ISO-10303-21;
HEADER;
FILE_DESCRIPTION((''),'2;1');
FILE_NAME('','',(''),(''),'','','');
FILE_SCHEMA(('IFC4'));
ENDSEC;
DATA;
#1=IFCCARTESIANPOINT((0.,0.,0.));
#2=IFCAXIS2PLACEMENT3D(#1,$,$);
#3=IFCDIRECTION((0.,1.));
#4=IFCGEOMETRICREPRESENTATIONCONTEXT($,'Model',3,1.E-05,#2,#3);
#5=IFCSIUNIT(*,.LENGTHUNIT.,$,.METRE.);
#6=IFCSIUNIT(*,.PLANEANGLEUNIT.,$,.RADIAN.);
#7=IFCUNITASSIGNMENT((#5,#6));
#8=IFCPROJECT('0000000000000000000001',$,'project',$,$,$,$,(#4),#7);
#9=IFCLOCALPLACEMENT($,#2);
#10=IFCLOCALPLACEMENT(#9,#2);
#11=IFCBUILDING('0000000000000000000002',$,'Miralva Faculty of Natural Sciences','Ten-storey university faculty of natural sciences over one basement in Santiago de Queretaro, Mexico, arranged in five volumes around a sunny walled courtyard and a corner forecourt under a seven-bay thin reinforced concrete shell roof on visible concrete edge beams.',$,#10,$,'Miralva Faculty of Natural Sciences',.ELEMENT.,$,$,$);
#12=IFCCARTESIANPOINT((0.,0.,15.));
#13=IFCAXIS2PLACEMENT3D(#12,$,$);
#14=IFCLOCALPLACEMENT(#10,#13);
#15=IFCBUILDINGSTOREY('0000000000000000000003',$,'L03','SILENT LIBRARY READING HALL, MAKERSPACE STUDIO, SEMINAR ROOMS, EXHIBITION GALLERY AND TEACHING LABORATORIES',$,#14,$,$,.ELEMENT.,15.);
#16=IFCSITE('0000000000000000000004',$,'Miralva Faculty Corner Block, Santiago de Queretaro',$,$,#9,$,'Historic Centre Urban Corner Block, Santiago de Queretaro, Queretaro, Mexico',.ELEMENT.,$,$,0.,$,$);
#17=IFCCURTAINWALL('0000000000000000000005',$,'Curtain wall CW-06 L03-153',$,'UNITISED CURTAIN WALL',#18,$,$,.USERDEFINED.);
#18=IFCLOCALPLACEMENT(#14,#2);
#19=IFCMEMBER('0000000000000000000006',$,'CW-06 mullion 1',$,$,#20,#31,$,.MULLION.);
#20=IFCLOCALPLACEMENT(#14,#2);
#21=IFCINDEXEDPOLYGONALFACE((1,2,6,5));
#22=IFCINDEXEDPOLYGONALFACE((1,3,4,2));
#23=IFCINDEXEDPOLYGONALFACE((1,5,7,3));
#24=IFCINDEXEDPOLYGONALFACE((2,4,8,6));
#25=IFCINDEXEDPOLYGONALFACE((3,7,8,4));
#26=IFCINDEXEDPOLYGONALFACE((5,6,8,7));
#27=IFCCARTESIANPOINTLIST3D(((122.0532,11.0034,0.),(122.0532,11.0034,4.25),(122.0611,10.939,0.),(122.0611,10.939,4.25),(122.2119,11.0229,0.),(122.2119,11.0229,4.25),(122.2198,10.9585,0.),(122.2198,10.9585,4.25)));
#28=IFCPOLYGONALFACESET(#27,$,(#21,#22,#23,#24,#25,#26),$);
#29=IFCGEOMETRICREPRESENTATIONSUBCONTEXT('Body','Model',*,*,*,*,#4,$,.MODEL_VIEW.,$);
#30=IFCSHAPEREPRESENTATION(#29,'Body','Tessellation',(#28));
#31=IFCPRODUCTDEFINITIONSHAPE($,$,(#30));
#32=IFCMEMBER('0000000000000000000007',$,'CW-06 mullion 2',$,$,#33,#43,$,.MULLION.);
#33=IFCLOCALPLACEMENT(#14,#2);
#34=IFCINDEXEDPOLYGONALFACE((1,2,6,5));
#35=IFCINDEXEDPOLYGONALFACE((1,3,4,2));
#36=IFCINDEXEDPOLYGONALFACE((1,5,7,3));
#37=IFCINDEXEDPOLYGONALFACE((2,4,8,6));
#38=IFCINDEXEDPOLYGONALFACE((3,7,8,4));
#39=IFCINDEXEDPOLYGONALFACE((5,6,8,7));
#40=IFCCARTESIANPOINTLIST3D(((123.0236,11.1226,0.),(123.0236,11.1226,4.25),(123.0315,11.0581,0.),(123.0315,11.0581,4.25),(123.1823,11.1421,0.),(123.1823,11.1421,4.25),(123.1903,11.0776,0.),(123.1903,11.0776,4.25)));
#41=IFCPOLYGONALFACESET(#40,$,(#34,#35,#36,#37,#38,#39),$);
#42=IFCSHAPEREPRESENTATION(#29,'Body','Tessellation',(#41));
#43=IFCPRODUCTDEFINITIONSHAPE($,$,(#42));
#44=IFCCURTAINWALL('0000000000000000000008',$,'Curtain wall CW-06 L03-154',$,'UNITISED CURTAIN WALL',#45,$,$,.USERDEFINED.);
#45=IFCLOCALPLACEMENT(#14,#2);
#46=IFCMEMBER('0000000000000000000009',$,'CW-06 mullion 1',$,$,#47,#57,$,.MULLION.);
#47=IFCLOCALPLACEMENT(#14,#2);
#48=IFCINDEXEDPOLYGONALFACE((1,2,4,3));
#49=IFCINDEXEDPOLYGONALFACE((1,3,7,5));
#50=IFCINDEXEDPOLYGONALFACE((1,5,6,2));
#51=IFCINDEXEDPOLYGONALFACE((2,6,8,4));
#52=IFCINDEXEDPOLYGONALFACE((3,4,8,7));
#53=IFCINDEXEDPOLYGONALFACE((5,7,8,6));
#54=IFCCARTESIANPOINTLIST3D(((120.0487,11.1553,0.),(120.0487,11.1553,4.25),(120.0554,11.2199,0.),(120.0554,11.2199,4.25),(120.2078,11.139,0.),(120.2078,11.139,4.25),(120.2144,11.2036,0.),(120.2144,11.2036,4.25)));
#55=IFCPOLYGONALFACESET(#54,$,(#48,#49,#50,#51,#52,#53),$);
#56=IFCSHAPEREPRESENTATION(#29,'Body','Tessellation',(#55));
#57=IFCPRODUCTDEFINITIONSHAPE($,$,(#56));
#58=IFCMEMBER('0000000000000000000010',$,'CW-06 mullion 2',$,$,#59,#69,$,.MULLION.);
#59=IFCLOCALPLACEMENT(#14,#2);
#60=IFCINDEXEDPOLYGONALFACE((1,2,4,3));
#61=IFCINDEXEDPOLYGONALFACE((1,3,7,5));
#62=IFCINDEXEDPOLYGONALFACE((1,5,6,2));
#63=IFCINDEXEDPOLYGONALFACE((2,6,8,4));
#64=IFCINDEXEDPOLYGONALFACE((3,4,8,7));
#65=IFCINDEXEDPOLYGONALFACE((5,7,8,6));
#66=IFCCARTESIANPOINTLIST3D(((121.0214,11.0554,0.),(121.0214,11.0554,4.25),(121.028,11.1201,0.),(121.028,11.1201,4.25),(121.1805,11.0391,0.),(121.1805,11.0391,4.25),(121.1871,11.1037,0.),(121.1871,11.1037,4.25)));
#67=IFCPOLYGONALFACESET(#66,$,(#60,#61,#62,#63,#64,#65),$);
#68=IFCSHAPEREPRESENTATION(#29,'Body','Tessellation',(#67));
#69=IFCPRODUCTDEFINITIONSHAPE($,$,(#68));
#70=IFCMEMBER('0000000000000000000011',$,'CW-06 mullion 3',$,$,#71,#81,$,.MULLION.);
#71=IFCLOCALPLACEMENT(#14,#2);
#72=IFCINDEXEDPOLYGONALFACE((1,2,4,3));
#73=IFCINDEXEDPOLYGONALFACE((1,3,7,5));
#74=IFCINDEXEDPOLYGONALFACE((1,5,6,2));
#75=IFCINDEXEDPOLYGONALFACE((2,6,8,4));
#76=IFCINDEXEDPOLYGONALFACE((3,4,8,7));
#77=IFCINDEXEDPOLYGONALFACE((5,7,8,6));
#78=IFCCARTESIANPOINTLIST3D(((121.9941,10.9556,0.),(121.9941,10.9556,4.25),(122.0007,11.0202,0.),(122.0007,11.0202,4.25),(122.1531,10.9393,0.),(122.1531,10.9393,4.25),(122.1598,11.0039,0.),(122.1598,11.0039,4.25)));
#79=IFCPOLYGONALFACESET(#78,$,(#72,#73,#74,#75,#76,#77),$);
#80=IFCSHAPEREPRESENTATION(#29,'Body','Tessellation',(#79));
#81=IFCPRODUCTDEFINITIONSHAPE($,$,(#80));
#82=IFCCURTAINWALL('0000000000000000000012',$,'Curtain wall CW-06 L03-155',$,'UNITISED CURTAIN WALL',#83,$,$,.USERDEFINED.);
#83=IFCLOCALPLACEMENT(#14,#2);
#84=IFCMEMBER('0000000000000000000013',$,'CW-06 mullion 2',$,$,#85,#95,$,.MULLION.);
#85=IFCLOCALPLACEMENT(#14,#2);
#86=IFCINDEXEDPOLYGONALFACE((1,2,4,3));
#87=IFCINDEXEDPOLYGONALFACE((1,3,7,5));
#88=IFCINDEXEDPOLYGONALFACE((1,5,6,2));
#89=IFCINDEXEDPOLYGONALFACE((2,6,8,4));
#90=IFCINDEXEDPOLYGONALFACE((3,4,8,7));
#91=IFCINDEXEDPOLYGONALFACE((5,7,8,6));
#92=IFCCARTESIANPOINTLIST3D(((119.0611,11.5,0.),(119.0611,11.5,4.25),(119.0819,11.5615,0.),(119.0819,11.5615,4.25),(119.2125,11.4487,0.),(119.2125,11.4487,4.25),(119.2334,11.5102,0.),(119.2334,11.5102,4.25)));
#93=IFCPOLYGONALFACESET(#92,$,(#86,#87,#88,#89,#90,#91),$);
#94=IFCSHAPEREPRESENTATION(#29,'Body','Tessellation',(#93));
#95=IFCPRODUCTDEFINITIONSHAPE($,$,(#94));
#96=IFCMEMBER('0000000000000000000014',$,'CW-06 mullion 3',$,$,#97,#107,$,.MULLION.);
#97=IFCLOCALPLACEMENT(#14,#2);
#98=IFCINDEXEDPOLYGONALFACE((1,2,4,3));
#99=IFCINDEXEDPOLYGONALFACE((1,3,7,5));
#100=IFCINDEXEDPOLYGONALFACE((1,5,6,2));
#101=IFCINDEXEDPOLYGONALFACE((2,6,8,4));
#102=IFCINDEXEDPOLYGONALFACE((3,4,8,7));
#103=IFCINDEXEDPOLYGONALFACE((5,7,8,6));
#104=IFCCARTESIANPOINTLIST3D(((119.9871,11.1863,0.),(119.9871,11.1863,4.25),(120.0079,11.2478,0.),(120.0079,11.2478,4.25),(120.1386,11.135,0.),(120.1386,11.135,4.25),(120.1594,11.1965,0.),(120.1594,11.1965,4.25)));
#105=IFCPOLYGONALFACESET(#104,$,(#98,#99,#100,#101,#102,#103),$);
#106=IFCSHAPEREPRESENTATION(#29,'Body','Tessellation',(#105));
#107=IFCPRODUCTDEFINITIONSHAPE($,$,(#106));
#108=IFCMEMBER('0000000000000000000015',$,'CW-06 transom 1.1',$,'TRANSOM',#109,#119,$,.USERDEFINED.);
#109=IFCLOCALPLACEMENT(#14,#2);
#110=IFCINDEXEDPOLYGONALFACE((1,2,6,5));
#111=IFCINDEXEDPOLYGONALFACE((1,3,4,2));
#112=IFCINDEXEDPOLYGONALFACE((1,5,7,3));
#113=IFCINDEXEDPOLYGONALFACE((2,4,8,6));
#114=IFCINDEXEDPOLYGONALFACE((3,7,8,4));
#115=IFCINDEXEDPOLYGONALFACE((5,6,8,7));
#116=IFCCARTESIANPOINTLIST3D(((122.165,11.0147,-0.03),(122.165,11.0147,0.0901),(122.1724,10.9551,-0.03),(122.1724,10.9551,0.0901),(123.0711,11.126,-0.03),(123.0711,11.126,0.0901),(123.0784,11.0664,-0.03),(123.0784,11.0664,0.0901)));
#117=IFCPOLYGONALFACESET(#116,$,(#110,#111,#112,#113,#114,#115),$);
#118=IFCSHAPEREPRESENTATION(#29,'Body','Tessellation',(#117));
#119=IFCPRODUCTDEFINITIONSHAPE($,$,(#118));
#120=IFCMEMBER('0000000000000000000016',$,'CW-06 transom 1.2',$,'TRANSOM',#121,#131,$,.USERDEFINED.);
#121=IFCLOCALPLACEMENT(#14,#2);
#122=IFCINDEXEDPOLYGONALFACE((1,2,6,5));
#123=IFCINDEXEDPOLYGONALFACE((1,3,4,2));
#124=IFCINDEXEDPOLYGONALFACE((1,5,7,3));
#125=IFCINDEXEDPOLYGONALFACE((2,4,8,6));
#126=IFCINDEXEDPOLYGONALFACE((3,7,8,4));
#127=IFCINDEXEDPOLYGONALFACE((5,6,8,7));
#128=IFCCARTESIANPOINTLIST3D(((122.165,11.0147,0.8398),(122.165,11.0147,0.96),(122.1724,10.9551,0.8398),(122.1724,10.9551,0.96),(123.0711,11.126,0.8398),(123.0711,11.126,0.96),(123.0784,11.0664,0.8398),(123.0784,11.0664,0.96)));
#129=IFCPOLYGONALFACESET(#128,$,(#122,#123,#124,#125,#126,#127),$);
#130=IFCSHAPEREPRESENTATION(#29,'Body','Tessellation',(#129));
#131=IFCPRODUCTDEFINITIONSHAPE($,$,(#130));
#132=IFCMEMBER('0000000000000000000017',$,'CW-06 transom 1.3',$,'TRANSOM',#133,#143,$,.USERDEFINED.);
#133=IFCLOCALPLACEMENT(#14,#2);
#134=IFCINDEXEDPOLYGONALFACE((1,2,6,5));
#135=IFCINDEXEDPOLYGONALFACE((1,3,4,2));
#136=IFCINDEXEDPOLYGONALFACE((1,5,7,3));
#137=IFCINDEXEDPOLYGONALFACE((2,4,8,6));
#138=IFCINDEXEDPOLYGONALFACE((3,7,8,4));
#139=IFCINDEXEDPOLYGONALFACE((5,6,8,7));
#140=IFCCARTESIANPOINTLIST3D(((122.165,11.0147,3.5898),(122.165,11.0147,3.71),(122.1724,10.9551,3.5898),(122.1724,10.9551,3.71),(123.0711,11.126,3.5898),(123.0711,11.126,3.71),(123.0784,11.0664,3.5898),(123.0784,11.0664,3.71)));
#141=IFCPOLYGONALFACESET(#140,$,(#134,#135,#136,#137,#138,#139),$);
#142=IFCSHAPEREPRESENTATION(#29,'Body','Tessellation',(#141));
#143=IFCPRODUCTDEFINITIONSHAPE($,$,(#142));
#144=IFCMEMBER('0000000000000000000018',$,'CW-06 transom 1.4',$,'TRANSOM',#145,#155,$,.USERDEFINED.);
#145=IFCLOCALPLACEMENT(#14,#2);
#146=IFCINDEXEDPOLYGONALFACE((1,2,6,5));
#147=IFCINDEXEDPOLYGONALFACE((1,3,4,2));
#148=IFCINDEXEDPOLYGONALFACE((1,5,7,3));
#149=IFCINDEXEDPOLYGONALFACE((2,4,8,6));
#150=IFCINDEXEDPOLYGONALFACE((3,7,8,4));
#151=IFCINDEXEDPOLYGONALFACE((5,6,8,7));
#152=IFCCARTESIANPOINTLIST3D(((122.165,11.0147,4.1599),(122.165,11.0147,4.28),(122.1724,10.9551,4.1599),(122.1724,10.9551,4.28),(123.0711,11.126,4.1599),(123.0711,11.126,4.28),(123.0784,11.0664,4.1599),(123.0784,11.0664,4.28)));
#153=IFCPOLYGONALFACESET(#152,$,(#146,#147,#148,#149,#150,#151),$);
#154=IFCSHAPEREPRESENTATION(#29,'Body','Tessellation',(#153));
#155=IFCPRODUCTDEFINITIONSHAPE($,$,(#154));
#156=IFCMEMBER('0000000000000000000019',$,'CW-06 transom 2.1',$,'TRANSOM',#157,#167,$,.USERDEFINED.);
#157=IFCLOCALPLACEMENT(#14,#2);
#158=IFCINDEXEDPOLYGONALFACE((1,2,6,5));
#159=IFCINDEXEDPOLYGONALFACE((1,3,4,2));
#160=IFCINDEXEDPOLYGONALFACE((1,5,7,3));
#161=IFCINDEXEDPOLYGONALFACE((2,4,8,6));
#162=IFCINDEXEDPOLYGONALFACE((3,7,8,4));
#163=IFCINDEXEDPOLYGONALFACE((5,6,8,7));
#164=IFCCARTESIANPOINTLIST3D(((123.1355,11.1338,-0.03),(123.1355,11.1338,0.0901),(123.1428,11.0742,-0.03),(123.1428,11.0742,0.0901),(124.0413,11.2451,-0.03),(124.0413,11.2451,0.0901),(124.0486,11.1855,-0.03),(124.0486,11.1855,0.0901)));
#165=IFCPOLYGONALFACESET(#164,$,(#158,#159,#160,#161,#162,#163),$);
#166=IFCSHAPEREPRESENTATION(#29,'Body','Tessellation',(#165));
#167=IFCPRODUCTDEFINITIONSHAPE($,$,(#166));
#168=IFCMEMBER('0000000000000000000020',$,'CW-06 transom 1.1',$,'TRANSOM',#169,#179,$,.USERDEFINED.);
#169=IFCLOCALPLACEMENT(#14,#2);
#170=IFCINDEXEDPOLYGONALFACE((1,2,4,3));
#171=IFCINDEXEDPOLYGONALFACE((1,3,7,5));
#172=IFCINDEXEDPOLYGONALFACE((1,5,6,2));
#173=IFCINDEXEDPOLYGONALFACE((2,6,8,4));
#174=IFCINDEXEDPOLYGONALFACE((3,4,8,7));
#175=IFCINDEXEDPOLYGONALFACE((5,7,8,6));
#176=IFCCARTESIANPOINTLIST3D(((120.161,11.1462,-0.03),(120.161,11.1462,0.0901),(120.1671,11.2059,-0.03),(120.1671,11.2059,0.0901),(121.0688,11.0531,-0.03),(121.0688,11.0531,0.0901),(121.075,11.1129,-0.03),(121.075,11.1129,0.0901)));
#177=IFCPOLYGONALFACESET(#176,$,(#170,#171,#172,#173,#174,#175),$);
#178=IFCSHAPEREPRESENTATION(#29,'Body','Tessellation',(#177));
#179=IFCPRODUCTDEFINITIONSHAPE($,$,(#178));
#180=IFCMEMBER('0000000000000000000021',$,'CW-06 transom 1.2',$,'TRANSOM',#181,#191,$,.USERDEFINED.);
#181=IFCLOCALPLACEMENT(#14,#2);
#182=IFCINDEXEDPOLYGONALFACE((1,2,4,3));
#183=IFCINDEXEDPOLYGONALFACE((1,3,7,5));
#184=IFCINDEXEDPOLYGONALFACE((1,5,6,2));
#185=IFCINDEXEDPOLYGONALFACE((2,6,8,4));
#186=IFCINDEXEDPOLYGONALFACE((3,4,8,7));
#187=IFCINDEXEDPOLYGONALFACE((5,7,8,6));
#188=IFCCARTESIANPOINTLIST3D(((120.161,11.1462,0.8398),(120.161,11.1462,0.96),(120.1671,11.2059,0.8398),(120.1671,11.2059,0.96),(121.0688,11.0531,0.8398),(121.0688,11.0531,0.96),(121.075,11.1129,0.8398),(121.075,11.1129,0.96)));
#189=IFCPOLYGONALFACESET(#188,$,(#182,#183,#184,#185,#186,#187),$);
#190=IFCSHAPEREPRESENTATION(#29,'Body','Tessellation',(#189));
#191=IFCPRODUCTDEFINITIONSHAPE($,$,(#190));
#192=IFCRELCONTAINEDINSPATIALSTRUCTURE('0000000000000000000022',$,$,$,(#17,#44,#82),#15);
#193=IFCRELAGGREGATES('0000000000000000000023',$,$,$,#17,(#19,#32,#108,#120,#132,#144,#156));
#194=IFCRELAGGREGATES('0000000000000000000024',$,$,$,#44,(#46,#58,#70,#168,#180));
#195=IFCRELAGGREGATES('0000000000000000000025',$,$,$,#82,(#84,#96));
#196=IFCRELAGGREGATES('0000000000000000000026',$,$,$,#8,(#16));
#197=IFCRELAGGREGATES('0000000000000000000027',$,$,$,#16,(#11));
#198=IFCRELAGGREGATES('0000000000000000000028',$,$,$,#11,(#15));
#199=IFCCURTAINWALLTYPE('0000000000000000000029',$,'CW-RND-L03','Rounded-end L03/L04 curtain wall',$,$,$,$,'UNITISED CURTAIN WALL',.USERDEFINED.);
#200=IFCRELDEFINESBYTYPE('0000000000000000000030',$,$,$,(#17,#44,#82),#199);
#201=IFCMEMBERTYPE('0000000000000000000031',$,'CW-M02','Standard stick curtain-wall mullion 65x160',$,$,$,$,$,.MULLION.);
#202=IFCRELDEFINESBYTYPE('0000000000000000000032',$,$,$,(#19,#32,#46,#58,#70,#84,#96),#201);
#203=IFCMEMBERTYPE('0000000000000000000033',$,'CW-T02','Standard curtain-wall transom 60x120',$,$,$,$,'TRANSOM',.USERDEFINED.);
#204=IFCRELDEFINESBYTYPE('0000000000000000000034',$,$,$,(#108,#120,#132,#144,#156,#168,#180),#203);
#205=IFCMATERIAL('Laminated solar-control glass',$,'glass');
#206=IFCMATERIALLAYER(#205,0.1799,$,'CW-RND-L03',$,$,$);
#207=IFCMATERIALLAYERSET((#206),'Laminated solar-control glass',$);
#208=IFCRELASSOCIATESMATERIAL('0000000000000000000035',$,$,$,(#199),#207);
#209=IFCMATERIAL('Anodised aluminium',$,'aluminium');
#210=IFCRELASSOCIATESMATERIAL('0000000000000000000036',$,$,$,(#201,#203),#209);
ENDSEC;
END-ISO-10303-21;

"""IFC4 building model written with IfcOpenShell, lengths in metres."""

from ifc_helpers import new_model, si_unit, direction, frame, origin, origin_2d, place, context, subcontext, project, spatial, rectangle, extrude, material, layer, layer_set, material_profile, profile_set, type_object, element, aggregate, save


model = new_model("IFC4")

# Units and contexts
model_context = context("Model", 3, precision=1e-05, world=origin(), true_north=direction((0.0, 1.0)))
body_context = subcontext(model_context, "Body", "Model", "MODEL_VIEW")
ifc_project = project(units=[si_unit("LENGTHUNIT", "METRE"), si_unit("PLANEANGLEUNIT", "RADIAN")], contexts=[model_context])

# Site, building, storey
site_placement = place(None, origin())
site = spatial("IfcSite", under=ifc_project, at=site_placement, Name="Miralva Faculty Corner Block, Santiago de Queretaro", LongName="Historic Centre Urban Corner Block, Santiago de Queretaro, Queretaro, Mexico", CompositionType="ELEMENT", RefElevation=0.0)
building_placement = place(site_placement, origin())
building = spatial("IfcBuilding", under=site, at=building_placement, Name="Miralva Faculty of Natural Sciences", Description="Ten-storey university faculty of natural sciences over one basement in Santiago de Queretaro, Mexico, arranged in five volumes around a sunny walled courtyard and a corner forecourt under a seven-bay thin reinforced concrete shell roof on visible concrete edge beams.", LongName="Miralva Faculty of Natural Sciences", CompositionType="ELEMENT")
storey_placement = place(building_placement, frame((0.0, 0.0, 15.0)))
storey = spatial("IfcBuildingStorey", under=building, at=storey_placement, Name="L03", Description="SILENT LIBRARY READING HALL, MAKERSPACE STUDIO, SEMINAR ROOMS, EXHIBITION GALLERY AND TEACHING LABORATORIES", CompositionType="ELEMENT", Elevation=15.0)

# Curtain walls, members
ifc_material_1 = material(Name="Laminated solar-control glass", Category="glass")
ifc_layer_1 = layer(ifc_material_1, 0.1799, Name="CW-RND-L03")
ifc_layer_set_1 = layer_set([ifc_layer_1], Name="Laminated solar-control glass")
curtain_wall_type = type_object("IfcCurtainWallType", Name="CW-RND-L03", Description="Rounded-end L03/L04 curtain wall", ElementType="UNITISED CURTAIN WALL", PredefinedType="USERDEFINED", material=ifc_layer_set_1)
curtain_wall_1_placement = place(storey_placement, origin())
curtain_wall_1 = element("IfcCurtainWall", 1, at=curtain_wall_1_placement, inside=storey, type_object=curtain_wall_type, Name="Curtain wall CW-06 L03-153", ObjectType="UNITISED CURTAIN WALL", PredefinedType="USERDEFINED")
ifc_material_2 = material(Name="Anodised aluminium", Category="aluminium")
ifc_material_profile_1 = material_profile(ifc_material_2, rectangle(XDim=0.0649, YDim=0.1599, at=origin_2d()), Name="MULLION 65x160")
ifc_profile_set_1 = profile_set([ifc_material_profile_1], Name="Anodised aluminium")
member_type_1 = type_object("IfcMemberType", Name="CW-M02", Description="Standard stick curtain-wall mullion 65x160", PredefinedType="MULLION", material=ifc_profile_set_1)
member_1_placement = place(storey_placement, frame((122.1365, 10.981, 0.0), z_axis=(0.0, 0.0, 1.0), x_axis=(-0.12186, 0.992547, 0.0)))
member_1 = element("IfcMember", 2, at=member_1_placement, type_object=member_type_1, Name="CW-06 mullion 1", PredefinedType="MULLION", context=body_context, shape_type="SweptSolid", body=[
    extrude(rectangle(XDim=0.0649, YDim=0.1599, at=origin_2d()), origin(), (0.0, 0.0, 1.0), 4.25),
])
member_2_placement = place(storey_placement, frame((123.1069, 11.1001, 0.0), z_axis=(0.0, 0.0, 1.0), x_axis=(-0.12186, 0.992547, 0.0)))
member_2 = element("IfcMember", 3, at=member_2_placement, type_object=member_type_1, Name="CW-06 mullion 2", PredefinedType="MULLION", context=body_context, shape_type="SweptSolid", body=[
    extrude(rectangle(XDim=0.0649, YDim=0.1599, at=origin_2d()), origin(), (0.0, 0.0, 1.0), 4.25),
])
curtain_wall_2_placement = place(storey_placement, origin())
curtain_wall_2 = element("IfcCurtainWall", 4, at=curtain_wall_2_placement, inside=storey, type_object=curtain_wall_type, Name="Curtain wall CW-06 L03-154", ObjectType="UNITISED CURTAIN WALL", PredefinedType="USERDEFINED")
member_3_placement = place(storey_placement, frame((120.1316, 11.1794, 0.0), z_axis=(0.0, 0.0, 1.0), x_axis=(0.102056, 0.994779, 0.0)))
member_3 = element("IfcMember", 5, at=member_3_placement, type_object=member_type_1, Name="CW-06 mullion 1", PredefinedType="MULLION", context=body_context, shape_type="SweptSolid", body=[
    extrude(rectangle(XDim=0.0649, YDim=0.1599, at=origin_2d()), origin(), (0.0, 0.0, 1.0), 4.25),
])
member_4_placement = place(storey_placement, frame((121.1042, 11.0796, 0.0), z_axis=(0.0, 0.0, 1.0), x_axis=(0.102056, 0.994779, 0.0)))
member_4 = element("IfcMember", 6, at=member_4_placement, type_object=member_type_1, Name="CW-06 mullion 2", PredefinedType="MULLION", context=body_context, shape_type="SweptSolid", body=[
    extrude(rectangle(XDim=0.0649, YDim=0.1599, at=origin_2d()), origin(), (0.0, 0.0, 1.0), 4.25),
])
member_5_placement = place(storey_placement, frame((122.0769, 10.9797, 0.0), z_axis=(0.0, 0.0, 1.0), x_axis=(0.102056, 0.994779, 0.0)))
member_5 = element("IfcMember", 7, at=member_5_placement, type_object=member_type_1, Name="CW-06 mullion 3", PredefinedType="MULLION", context=body_context, shape_type="SweptSolid", body=[
    extrude(rectangle(XDim=0.0649, YDim=0.1599, at=origin_2d()), origin(), (0.0, 0.0, 1.0), 4.25),
])
curtain_wall_3_placement = place(storey_placement, origin())
curtain_wall_3 = element("IfcCurtainWall", 8, at=curtain_wall_3_placement, inside=storey, type_object=curtain_wall_type, Name="Curtain wall CW-06 L03-155", ObjectType="UNITISED CURTAIN WALL", PredefinedType="USERDEFINED")
member_6_placement = place(storey_placement, frame((119.1472, 11.5051, 0.0), z_axis=(0.0, 0.0, 1.0), x_axis=(0.320842, 0.947133, 0.0)))
member_6 = element("IfcMember", 9, at=member_6_placement, type_object=member_type_1, Name="CW-06 mullion 2", PredefinedType="MULLION", context=body_context, shape_type="SweptSolid", body=[
    extrude(rectangle(XDim=0.0649, YDim=0.1599, at=origin_2d()), origin(), (0.0, 0.0, 1.0), 4.25),
])
member_7_placement = place(storey_placement, frame((120.0732, 11.1914, 0.0), z_axis=(0.0, 0.0, 1.0), x_axis=(0.320842, 0.947133, 0.0)))
member_7 = element("IfcMember", 10, at=member_7_placement, type_object=member_type_1, Name="CW-06 mullion 3", PredefinedType="MULLION", context=body_context, shape_type="SweptSolid", body=[
    extrude(rectangle(XDim=0.0649, YDim=0.1599, at=origin_2d()), origin(), (0.0, 0.0, 1.0), 4.25),
])

# Members
ifc_material_profile_2 = material_profile(ifc_material_2, rectangle(XDim=0.0601, YDim=0.1201, at=origin_2d()), Name="TRANSOM 60x120")
ifc_profile_set_2 = profile_set([ifc_material_profile_2], Name="Anodised aluminium")
member_type_2 = type_object("IfcMemberType", Name="CW-T02", Description="Standard curtain-wall transom 60x120", ElementType="TRANSOM", PredefinedType="USERDEFINED", material=ifc_profile_set_2)
member_8_placement = place(storey_placement, frame((122.1687, 10.9849, 0.03), z_axis=(0.992535, 0.121961, 0.0), x_axis=(-0.121961, 0.992535, 0.0)))
member_8 = element("IfcMember", 11, at=member_8_placement, type_object=member_type_2, Name="CW-06 transom 1.1", ObjectType="TRANSOM", PredefinedType="USERDEFINED", context=body_context, shape_type="SweptSolid", body=[
    extrude(rectangle(XDim=0.0601, YDim=0.1201, at=origin_2d()), origin(), (0.0, 0.0, 1.0), 0.9128),
])
member_9_placement = place(storey_placement, frame((122.1687, 10.9849, 0.8999), z_axis=(0.992535, 0.121961, 0.0), x_axis=(-0.121961, 0.992535, 0.0)))
member_9 = element("IfcMember", 12, at=member_9_placement, type_object=member_type_2, Name="CW-06 transom 1.2", ObjectType="TRANSOM", PredefinedType="USERDEFINED", context=body_context, shape_type="SweptSolid", body=[
    extrude(rectangle(XDim=0.0601, YDim=0.1201, at=origin_2d()), origin(), (0.0, 0.0, 1.0), 0.9128),
])
member_10_placement = place(storey_placement, frame((122.1687, 10.9849, 3.6499), z_axis=(0.992535, 0.121961, 0.0), x_axis=(-0.121961, 0.992535, 0.0)))
member_10 = element("IfcMember", 13, at=member_10_placement, type_object=member_type_2, Name="CW-06 transom 1.3", ObjectType="TRANSOM", PredefinedType="USERDEFINED", context=body_context, shape_type="SweptSolid", body=[
    extrude(rectangle(XDim=0.0601, YDim=0.1201, at=origin_2d()), origin(), (0.0, 0.0, 1.0), 0.9128),
])
member_11_placement = place(storey_placement, frame((122.1687, 10.9849, 4.22), z_axis=(0.992535, 0.121961, 0.0), x_axis=(-0.121961, 0.992535, 0.0)))
member_11 = element("IfcMember", 14, at=member_11_placement, type_object=member_type_2, Name="CW-06 transom 1.4", ObjectType="TRANSOM", PredefinedType="USERDEFINED", context=body_context, shape_type="SweptSolid", body=[
    extrude(rectangle(XDim=0.0601, YDim=0.1201, at=origin_2d()), origin(), (0.0, 0.0, 1.0), 0.9128),
])
member_12_placement = place(storey_placement, frame((123.1392, 11.104, 0.03), z_axis=(0.992531, 0.121993, 0.0), x_axis=(-0.121993, 0.992531, 0.0)))
member_12 = element("IfcMember", 15, at=member_12_placement, type_object=member_type_2, Name="CW-06 transom 2.1", ObjectType="TRANSOM", PredefinedType="USERDEFINED", context=body_context, shape_type="SweptSolid", body=[
    extrude(rectangle(XDim=0.0601, YDim=0.1201, at=origin_2d()), origin(), (0.0, 0.0, 1.0), 0.9126),
])
member_13_placement = place(storey_placement, frame((120.1641, 11.176, 0.03), z_axis=(0.994793, -0.101913, 0.0), x_axis=(0.101913, 0.994793, 0.0)))
member_13 = element("IfcMember", 16, at=member_13_placement, type_object=member_type_2, Name="CW-06 transom 1.1", ObjectType="TRANSOM", PredefinedType="USERDEFINED", context=body_context, shape_type="SweptSolid", body=[
    extrude(rectangle(XDim=0.0601, YDim=0.1201, at=origin_2d()), origin(), (0.0, 0.0, 1.0), 0.9126),
])
member_14_placement = place(storey_placement, frame((120.1641, 11.176, 0.8999), z_axis=(0.994793, -0.101913, 0.0), x_axis=(0.101913, 0.994793, 0.0)))
member_14 = element("IfcMember", 17, at=member_14_placement, type_object=member_type_2, Name="CW-06 transom 1.2", ObjectType="TRANSOM", PredefinedType="USERDEFINED", context=body_context, shape_type="SweptSolid", body=[
    extrude(rectangle(XDim=0.0601, YDim=0.1201, at=origin_2d()), origin(), (0.0, 0.0, 1.0), 0.9126),
])

aggregate(curtain_wall_1, [member_1, member_2, member_8, member_9, member_10, member_11, member_12])
aggregate(curtain_wall_2, [member_3, member_4, member_5, member_13, member_14])
aggregate(curtain_wall_3, [member_6, member_7])

save(model, "model.ifc")
